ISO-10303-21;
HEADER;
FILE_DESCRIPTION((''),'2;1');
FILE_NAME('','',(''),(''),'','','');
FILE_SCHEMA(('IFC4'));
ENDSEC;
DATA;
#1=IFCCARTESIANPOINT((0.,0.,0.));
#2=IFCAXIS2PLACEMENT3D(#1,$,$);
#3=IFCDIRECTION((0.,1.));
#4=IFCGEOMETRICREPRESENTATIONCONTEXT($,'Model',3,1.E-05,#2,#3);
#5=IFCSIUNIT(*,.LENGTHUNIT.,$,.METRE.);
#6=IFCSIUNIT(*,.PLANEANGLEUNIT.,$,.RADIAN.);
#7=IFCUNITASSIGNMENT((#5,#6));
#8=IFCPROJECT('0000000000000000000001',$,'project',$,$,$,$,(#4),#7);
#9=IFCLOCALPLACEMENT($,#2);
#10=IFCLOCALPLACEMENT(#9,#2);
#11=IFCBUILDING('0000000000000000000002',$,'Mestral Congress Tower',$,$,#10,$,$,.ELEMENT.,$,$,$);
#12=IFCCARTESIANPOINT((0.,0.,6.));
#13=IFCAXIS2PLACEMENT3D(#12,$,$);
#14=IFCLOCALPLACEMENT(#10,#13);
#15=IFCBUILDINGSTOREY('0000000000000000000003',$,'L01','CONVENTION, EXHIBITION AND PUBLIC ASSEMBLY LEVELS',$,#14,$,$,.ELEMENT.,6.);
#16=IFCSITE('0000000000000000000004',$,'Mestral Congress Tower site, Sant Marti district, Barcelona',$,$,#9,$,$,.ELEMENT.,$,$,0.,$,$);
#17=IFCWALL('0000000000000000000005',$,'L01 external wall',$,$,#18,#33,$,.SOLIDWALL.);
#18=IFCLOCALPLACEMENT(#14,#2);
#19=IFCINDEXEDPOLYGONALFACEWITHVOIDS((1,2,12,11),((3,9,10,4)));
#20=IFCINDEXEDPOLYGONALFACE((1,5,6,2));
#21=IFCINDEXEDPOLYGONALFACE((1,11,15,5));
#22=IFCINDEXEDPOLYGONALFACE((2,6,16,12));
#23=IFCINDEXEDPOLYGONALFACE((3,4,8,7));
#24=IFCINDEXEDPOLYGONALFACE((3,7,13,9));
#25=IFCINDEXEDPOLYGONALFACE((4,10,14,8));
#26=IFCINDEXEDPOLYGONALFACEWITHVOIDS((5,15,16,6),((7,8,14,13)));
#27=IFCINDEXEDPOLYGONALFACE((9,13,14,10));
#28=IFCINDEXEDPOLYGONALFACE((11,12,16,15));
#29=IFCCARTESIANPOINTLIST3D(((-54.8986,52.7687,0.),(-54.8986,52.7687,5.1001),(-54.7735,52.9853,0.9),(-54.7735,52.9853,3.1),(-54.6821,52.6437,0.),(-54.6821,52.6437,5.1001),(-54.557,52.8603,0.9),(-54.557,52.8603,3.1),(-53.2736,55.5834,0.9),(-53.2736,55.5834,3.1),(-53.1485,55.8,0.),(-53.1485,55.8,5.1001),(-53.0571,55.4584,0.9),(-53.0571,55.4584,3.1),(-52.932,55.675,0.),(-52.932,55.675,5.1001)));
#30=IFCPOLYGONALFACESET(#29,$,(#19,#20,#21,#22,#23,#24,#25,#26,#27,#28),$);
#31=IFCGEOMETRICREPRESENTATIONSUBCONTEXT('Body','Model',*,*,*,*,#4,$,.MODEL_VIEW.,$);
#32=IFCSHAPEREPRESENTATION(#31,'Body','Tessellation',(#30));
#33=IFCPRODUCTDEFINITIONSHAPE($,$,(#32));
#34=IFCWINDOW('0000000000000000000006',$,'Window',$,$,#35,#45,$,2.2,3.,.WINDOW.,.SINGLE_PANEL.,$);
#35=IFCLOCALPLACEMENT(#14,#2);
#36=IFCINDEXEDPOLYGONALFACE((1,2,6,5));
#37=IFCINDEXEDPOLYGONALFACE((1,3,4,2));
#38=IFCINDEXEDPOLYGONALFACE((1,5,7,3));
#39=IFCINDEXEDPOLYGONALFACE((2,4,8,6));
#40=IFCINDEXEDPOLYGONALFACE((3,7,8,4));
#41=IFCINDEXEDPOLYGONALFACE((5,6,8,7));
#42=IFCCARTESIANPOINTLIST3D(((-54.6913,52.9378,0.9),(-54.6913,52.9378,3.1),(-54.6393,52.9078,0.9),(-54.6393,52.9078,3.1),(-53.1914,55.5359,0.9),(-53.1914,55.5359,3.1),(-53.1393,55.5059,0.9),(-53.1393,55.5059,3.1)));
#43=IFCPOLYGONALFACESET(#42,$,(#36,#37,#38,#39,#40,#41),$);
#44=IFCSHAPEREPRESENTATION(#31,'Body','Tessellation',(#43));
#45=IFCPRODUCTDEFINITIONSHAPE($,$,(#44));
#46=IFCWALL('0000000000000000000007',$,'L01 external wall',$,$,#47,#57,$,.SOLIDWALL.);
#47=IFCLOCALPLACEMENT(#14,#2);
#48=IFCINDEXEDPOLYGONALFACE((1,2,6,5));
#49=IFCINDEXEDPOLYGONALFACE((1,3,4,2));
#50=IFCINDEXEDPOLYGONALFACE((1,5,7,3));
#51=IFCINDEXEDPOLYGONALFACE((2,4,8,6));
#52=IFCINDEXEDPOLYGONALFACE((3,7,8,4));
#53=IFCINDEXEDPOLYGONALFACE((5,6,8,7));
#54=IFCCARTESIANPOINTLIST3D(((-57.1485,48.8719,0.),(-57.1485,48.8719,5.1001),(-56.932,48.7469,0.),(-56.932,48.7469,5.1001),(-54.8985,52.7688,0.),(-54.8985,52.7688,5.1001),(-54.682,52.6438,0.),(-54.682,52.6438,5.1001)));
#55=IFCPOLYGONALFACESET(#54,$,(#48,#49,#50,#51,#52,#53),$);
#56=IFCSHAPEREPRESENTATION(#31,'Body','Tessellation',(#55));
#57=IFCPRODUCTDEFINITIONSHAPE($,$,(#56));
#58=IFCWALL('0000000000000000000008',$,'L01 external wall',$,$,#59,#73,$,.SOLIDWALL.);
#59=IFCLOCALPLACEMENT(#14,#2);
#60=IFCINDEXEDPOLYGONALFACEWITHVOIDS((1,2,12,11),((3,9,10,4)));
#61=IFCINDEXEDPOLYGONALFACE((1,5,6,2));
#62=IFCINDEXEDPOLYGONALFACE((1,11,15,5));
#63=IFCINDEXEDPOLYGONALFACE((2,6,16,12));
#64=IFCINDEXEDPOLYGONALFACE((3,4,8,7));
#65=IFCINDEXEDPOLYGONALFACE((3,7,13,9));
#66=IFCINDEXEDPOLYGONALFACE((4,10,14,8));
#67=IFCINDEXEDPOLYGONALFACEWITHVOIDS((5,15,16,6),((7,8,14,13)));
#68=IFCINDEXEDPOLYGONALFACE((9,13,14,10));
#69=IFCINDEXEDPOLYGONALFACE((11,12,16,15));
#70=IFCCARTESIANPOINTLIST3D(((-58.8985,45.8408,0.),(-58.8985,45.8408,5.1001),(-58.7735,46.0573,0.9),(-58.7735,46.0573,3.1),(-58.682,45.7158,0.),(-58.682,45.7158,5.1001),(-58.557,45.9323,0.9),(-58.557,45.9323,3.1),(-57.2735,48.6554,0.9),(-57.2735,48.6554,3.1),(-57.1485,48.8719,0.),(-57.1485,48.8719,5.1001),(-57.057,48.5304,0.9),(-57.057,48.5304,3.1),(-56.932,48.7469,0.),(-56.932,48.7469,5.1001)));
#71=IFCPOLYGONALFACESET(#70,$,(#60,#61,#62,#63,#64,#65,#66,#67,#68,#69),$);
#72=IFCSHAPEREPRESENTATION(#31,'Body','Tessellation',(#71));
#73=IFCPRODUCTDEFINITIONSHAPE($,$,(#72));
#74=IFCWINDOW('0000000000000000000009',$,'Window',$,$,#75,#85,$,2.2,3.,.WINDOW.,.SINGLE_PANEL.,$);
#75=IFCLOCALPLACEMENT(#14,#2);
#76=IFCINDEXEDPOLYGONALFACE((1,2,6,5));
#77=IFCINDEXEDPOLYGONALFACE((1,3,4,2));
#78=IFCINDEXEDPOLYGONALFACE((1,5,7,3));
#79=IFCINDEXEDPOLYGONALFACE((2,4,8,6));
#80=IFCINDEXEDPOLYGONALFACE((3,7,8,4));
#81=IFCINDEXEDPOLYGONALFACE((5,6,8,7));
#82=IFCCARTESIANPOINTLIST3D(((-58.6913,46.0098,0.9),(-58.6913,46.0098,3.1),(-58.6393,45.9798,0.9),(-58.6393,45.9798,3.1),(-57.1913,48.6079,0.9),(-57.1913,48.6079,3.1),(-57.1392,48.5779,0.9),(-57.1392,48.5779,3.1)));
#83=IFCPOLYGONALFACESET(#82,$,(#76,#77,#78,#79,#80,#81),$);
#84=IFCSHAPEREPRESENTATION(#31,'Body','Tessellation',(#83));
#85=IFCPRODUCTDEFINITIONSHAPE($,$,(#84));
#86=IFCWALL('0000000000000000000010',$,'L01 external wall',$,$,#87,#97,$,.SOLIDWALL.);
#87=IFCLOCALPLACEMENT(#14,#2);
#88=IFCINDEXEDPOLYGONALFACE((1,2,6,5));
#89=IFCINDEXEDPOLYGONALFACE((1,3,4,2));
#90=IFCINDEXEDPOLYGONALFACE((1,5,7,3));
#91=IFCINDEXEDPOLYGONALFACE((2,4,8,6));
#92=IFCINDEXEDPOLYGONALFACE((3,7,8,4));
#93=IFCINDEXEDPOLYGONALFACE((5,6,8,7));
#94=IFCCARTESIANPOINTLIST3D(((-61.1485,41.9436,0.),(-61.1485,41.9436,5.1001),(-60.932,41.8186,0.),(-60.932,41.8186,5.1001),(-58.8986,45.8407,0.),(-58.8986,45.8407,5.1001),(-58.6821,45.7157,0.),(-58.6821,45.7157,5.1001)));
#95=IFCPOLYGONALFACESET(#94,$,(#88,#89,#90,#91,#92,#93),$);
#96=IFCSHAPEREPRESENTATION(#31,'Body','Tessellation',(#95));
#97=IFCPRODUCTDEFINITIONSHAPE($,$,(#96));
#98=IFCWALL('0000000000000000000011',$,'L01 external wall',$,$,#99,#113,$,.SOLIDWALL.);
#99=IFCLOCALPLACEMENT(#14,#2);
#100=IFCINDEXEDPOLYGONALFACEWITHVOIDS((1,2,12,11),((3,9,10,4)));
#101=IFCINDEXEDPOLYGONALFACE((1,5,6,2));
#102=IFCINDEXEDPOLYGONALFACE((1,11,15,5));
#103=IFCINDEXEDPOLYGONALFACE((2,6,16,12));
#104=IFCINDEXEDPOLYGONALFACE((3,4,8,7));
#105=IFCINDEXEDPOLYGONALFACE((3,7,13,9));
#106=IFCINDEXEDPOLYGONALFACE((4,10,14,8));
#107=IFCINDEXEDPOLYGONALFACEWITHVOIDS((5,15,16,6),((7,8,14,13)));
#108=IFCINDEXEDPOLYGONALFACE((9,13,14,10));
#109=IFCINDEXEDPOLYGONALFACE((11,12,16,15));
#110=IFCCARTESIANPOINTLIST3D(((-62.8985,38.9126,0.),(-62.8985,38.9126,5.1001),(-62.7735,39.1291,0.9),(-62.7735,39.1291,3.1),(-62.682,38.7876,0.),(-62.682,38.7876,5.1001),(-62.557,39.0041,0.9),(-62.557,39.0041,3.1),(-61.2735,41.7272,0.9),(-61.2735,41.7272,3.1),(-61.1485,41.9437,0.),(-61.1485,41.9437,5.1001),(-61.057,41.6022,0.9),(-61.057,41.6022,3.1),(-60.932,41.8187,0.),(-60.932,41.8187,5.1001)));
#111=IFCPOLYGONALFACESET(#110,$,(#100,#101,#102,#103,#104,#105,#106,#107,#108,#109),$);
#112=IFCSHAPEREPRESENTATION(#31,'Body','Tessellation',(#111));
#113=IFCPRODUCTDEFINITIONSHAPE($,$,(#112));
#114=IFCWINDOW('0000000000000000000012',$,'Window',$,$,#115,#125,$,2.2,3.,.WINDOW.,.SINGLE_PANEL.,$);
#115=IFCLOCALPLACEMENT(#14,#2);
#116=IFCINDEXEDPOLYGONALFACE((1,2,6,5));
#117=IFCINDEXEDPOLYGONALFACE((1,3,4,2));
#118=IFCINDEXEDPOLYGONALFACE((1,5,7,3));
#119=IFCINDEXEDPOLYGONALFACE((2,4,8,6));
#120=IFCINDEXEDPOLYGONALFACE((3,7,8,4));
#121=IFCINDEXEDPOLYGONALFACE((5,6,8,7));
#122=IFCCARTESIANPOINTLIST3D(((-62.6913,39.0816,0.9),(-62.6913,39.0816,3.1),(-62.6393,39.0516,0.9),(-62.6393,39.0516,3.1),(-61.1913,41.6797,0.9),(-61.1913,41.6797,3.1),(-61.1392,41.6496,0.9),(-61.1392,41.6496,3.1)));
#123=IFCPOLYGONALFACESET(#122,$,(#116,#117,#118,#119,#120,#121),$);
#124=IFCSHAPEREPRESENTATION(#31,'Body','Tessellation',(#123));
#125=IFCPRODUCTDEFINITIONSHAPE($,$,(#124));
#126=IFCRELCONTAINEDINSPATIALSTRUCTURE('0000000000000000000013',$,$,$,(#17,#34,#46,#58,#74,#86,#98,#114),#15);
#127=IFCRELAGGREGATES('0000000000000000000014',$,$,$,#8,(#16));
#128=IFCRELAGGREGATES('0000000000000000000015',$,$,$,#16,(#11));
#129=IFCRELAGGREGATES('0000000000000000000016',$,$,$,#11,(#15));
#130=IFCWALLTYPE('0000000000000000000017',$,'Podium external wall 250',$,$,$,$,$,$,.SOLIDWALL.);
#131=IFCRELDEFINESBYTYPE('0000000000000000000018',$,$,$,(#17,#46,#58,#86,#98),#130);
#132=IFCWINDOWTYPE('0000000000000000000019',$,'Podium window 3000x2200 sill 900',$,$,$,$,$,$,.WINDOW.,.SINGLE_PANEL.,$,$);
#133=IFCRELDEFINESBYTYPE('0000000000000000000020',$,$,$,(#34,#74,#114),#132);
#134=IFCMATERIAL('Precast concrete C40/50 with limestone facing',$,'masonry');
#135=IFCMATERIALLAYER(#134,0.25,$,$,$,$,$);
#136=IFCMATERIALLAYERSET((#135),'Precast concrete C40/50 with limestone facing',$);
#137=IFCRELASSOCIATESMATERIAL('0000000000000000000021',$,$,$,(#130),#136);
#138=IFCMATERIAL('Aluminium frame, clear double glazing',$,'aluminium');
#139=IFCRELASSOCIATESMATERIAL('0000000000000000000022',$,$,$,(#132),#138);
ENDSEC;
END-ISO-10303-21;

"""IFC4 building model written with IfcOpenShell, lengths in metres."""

from ifc_helpers import new_model, si_unit, direction, frame, frame_2d, origin, place, context, subcontext, project, spatial, rectangle, extrude, material, layer, layer_set, type_object, element, fill, save


model = new_model("IFC4")

# Units and contexts
model_context = context("Model", 3, precision=1e-05, world=origin(), true_north=direction((0.0, 1.0)))
body_context = subcontext(model_context, "Body", "Model", "MODEL_VIEW")
ifc_project = project(units=[si_unit("LENGTHUNIT", "METRE"), si_unit("PLANEANGLEUNIT", "RADIAN")], contexts=[model_context])

# Site, building, storey
site_placement = place(None, origin())
site = spatial("IfcSite", under=ifc_project, at=site_placement, Name="Mestral Congress Tower site, Sant Marti district, Barcelona", CompositionType="ELEMENT", RefElevation=0.0)
building_placement = place(site_placement, origin())
building = spatial("IfcBuilding", under=site, at=building_placement, Name="Mestral Congress Tower", CompositionType="ELEMENT")
storey_placement = place(building_placement, frame((0.0, 0.0, 6.0)))
storey = spatial("IfcBuildingStorey", under=building, at=storey_placement, Name="L01", Description="CONVENTION, EXHIBITION AND PUBLIC ASSEMBLY LEVELS", CompositionType="ELEMENT", Elevation=6.0)

# Shared definitions
ifc_material_1 = material(Name="Precast concrete C40/50 with limestone facing", Category="masonry")
ifc_layer = layer(ifc_material_1, 0.25)
ifc_layer_set = layer_set([ifc_layer], Name="Precast concrete C40/50 with limestone facing")
wall_type = type_object("IfcWallType", Name="Podium external wall 250", PredefinedType="SOLIDWALL", material=ifc_layer_set)

# Wall, opening, window
wall_1_placement = place(storey_placement, frame((-54.7903, 52.7063, 0.0), z_axis=(0.0, 0.0, 1.0), x_axis=(0.49998, 0.866037, 0.0)))
wall_1 = element("IfcWall", 1, at=wall_1_placement, inside=storey, type_object=wall_type, Name="L01 external wall", PredefinedType="SOLIDWALL", context=body_context, shape_type="SweptSolid", body=[
    extrude(rectangle(XDim=3.5002, YDim=0.25, at=frame_2d((1.75, 0.0))), origin(), (0.0, 0.0, 1.0), 5.1001),
])
opening_1_placement = place(wall_1_placement, frame((0.25, 0.0, 0.8999)))
opening_1 = element("IfcOpeningElement", 2, at=opening_1_placement, cuts=wall_1, PredefinedType="OPENING", context=body_context, shape_type="SweptSolid", body=[
    extrude(rectangle(XDim=3.0, YDim=2.2, at=frame_2d((1.5, 1.1001))), frame((0.0, 0.135, 0.0), z_axis=(0.0, -1.0, 0.0), x_axis=(1.0, 0.0, 0.0)), (0.0, 0.0, 1.0), 0.27),
])
ifc_material_2 = material(Name="Aluminium frame, clear double glazing", Category="aluminium")
window_type = type_object("IfcWindowType", Name="Podium window 3000x2200 sill 900", PartitioningType="SINGLE_PANEL", PredefinedType="WINDOW", material=ifc_material_2)
window_1_placement = place(opening_1_placement, origin())
window_1 = element("IfcWindow", 3, at=window_1_placement, inside=storey, type_object=window_type, Name="Window", OverallHeight=2.2, OverallWidth=3.0, PartitioningType="SINGLE_PANEL", PredefinedType="WINDOW", context=body_context, shape_type="SweptSolid", body=[
    extrude(rectangle(XDim=3.0, YDim=2.2, at=frame_2d((1.5, 1.1001))), frame((0.0, 0.03, 0.0), z_axis=(0.0, -1.0, 0.0), x_axis=(1.0, 0.0, 0.0)), (0.0, 0.0, 1.0), 0.0601),
])
fill(opening_1, window_1)

# Wall
wall_2_placement = place(storey_placement, frame((-57.0403, 48.8093, 0.0), z_axis=(0.0, 0.0, 1.0), x_axis=(0.500014, 0.866018, 0.0)))
element("IfcWall", 4, at=wall_2_placement, inside=storey, type_object=wall_type, Name="L01 external wall", PredefinedType="SOLIDWALL", context=body_context, shape_type="SweptSolid", body=[
    extrude(rectangle(XDim=4.4998, YDim=0.25, at=frame_2d((2.25, 0.0))), origin(), (0.0, 0.0, 1.0), 5.1001),
])

# Wall, opening, window
wall_3_placement = place(storey_placement, frame((-58.7903, 45.7783, 0.0), z_axis=(0.0, 0.0, 1.0), x_axis=(0.50001, 0.866019, 0.0)))
wall_3 = element("IfcWall", 5, at=wall_3_placement, inside=storey, type_object=wall_type, Name="L01 external wall", PredefinedType="SOLIDWALL", context=body_context, shape_type="SweptSolid", body=[
    extrude(rectangle(XDim=3.5, YDim=0.25, at=frame_2d((1.75, 0.0))), origin(), (0.0, 0.0, 1.0), 5.1001),
])
opening_2_placement = place(wall_3_placement, frame((0.25, 0.0, 0.8999)))
opening_2 = element("IfcOpeningElement", 6, at=opening_2_placement, cuts=wall_3, PredefinedType="OPENING", context=body_context, shape_type="SweptSolid", body=[
    extrude(rectangle(XDim=3.0, YDim=2.2, at=frame_2d((1.5, 1.1001))), frame((0.0, 0.135, 0.0), z_axis=(0.0, -1.0, 0.0), x_axis=(1.0, 0.0, 0.0)), (0.0, 0.0, 1.0), 0.27),
])
window_2_placement = place(opening_2_placement, origin())
window_2 = element("IfcWindow", 7, at=window_2_placement, inside=storey, type_object=window_type, Name="Window", OverallHeight=2.2, OverallWidth=3.0, PartitioningType="SINGLE_PANEL", PredefinedType="WINDOW", context=body_context, shape_type="SweptSolid", body=[
    extrude(rectangle(XDim=3.0, YDim=2.2, at=frame_2d((1.5, 1.1001))), frame((0.0, 0.03, 0.0), z_axis=(0.0, -1.0, 0.0), x_axis=(1.0, 0.0, 0.0)), (0.0, 0.0, 1.0), 0.0601),
])
fill(opening_2, window_2)

# Wall
wall_4_placement = place(storey_placement, frame((-61.0403, 41.8811, 0.0), z_axis=(0.0, 0.0, 1.0), x_axis=(0.49999, 0.866031, 0.0)))
element("IfcWall", 8, at=wall_4_placement, inside=storey, type_object=wall_type, Name="L01 external wall", PredefinedType="SOLIDWALL", context=body_context, shape_type="SweptSolid", body=[
    extrude(rectangle(XDim=4.5, YDim=0.25, at=frame_2d((2.25, 0.0))), origin(), (0.0, 0.0, 1.0), 5.1001),
])

# Wall, opening, window
wall_5_placement = place(storey_placement, frame((-62.7903, 38.8501, 0.0), z_axis=(0.0, 0.0, 1.0), x_axis=(0.50001, 0.866019, 0.0)))
wall_5 = element("IfcWall", 9, at=wall_5_placement, inside=storey, type_object=wall_type, Name="L01 external wall", PredefinedType="SOLIDWALL", context=body_context, shape_type="SweptSolid", body=[
    extrude(rectangle(XDim=3.5, YDim=0.25, at=frame_2d((1.75, 0.0))), origin(), (0.0, 0.0, 1.0), 5.1001),
])
opening_3_placement = place(wall_5_placement, frame((0.25, 0.0, 0.8999)))
opening_3 = element("IfcOpeningElement", 10, at=opening_3_placement, cuts=wall_5, PredefinedType="OPENING", context=body_context, shape_type="SweptSolid", body=[
    extrude(rectangle(XDim=3.0, YDim=2.2, at=frame_2d((1.5, 1.1001))), frame((0.0, 0.135, 0.0), z_axis=(0.0, -1.0, 0.0), x_axis=(1.0, 0.0, 0.0)), (0.0, 0.0, 1.0), 0.27),
])
window_3_placement = place(opening_3_placement, origin())
window_3 = element("IfcWindow", 11, at=window_3_placement, inside=storey, type_object=window_type, Name="Window", OverallHeight=2.2, OverallWidth=3.0, PartitioningType="SINGLE_PANEL", PredefinedType="WINDOW", context=body_context, shape_type="SweptSolid", body=[
    extrude(rectangle(XDim=3.0, YDim=2.2, at=frame_2d((1.5, 1.1001))), frame((0.0, 0.03, 0.0), z_axis=(0.0, -1.0, 0.0), x_axis=(1.0, 0.0, 0.0)), (0.0, 0.0, 1.0), 0.0601),
])
fill(opening_3, window_3)

save(model, "model.ifc")
